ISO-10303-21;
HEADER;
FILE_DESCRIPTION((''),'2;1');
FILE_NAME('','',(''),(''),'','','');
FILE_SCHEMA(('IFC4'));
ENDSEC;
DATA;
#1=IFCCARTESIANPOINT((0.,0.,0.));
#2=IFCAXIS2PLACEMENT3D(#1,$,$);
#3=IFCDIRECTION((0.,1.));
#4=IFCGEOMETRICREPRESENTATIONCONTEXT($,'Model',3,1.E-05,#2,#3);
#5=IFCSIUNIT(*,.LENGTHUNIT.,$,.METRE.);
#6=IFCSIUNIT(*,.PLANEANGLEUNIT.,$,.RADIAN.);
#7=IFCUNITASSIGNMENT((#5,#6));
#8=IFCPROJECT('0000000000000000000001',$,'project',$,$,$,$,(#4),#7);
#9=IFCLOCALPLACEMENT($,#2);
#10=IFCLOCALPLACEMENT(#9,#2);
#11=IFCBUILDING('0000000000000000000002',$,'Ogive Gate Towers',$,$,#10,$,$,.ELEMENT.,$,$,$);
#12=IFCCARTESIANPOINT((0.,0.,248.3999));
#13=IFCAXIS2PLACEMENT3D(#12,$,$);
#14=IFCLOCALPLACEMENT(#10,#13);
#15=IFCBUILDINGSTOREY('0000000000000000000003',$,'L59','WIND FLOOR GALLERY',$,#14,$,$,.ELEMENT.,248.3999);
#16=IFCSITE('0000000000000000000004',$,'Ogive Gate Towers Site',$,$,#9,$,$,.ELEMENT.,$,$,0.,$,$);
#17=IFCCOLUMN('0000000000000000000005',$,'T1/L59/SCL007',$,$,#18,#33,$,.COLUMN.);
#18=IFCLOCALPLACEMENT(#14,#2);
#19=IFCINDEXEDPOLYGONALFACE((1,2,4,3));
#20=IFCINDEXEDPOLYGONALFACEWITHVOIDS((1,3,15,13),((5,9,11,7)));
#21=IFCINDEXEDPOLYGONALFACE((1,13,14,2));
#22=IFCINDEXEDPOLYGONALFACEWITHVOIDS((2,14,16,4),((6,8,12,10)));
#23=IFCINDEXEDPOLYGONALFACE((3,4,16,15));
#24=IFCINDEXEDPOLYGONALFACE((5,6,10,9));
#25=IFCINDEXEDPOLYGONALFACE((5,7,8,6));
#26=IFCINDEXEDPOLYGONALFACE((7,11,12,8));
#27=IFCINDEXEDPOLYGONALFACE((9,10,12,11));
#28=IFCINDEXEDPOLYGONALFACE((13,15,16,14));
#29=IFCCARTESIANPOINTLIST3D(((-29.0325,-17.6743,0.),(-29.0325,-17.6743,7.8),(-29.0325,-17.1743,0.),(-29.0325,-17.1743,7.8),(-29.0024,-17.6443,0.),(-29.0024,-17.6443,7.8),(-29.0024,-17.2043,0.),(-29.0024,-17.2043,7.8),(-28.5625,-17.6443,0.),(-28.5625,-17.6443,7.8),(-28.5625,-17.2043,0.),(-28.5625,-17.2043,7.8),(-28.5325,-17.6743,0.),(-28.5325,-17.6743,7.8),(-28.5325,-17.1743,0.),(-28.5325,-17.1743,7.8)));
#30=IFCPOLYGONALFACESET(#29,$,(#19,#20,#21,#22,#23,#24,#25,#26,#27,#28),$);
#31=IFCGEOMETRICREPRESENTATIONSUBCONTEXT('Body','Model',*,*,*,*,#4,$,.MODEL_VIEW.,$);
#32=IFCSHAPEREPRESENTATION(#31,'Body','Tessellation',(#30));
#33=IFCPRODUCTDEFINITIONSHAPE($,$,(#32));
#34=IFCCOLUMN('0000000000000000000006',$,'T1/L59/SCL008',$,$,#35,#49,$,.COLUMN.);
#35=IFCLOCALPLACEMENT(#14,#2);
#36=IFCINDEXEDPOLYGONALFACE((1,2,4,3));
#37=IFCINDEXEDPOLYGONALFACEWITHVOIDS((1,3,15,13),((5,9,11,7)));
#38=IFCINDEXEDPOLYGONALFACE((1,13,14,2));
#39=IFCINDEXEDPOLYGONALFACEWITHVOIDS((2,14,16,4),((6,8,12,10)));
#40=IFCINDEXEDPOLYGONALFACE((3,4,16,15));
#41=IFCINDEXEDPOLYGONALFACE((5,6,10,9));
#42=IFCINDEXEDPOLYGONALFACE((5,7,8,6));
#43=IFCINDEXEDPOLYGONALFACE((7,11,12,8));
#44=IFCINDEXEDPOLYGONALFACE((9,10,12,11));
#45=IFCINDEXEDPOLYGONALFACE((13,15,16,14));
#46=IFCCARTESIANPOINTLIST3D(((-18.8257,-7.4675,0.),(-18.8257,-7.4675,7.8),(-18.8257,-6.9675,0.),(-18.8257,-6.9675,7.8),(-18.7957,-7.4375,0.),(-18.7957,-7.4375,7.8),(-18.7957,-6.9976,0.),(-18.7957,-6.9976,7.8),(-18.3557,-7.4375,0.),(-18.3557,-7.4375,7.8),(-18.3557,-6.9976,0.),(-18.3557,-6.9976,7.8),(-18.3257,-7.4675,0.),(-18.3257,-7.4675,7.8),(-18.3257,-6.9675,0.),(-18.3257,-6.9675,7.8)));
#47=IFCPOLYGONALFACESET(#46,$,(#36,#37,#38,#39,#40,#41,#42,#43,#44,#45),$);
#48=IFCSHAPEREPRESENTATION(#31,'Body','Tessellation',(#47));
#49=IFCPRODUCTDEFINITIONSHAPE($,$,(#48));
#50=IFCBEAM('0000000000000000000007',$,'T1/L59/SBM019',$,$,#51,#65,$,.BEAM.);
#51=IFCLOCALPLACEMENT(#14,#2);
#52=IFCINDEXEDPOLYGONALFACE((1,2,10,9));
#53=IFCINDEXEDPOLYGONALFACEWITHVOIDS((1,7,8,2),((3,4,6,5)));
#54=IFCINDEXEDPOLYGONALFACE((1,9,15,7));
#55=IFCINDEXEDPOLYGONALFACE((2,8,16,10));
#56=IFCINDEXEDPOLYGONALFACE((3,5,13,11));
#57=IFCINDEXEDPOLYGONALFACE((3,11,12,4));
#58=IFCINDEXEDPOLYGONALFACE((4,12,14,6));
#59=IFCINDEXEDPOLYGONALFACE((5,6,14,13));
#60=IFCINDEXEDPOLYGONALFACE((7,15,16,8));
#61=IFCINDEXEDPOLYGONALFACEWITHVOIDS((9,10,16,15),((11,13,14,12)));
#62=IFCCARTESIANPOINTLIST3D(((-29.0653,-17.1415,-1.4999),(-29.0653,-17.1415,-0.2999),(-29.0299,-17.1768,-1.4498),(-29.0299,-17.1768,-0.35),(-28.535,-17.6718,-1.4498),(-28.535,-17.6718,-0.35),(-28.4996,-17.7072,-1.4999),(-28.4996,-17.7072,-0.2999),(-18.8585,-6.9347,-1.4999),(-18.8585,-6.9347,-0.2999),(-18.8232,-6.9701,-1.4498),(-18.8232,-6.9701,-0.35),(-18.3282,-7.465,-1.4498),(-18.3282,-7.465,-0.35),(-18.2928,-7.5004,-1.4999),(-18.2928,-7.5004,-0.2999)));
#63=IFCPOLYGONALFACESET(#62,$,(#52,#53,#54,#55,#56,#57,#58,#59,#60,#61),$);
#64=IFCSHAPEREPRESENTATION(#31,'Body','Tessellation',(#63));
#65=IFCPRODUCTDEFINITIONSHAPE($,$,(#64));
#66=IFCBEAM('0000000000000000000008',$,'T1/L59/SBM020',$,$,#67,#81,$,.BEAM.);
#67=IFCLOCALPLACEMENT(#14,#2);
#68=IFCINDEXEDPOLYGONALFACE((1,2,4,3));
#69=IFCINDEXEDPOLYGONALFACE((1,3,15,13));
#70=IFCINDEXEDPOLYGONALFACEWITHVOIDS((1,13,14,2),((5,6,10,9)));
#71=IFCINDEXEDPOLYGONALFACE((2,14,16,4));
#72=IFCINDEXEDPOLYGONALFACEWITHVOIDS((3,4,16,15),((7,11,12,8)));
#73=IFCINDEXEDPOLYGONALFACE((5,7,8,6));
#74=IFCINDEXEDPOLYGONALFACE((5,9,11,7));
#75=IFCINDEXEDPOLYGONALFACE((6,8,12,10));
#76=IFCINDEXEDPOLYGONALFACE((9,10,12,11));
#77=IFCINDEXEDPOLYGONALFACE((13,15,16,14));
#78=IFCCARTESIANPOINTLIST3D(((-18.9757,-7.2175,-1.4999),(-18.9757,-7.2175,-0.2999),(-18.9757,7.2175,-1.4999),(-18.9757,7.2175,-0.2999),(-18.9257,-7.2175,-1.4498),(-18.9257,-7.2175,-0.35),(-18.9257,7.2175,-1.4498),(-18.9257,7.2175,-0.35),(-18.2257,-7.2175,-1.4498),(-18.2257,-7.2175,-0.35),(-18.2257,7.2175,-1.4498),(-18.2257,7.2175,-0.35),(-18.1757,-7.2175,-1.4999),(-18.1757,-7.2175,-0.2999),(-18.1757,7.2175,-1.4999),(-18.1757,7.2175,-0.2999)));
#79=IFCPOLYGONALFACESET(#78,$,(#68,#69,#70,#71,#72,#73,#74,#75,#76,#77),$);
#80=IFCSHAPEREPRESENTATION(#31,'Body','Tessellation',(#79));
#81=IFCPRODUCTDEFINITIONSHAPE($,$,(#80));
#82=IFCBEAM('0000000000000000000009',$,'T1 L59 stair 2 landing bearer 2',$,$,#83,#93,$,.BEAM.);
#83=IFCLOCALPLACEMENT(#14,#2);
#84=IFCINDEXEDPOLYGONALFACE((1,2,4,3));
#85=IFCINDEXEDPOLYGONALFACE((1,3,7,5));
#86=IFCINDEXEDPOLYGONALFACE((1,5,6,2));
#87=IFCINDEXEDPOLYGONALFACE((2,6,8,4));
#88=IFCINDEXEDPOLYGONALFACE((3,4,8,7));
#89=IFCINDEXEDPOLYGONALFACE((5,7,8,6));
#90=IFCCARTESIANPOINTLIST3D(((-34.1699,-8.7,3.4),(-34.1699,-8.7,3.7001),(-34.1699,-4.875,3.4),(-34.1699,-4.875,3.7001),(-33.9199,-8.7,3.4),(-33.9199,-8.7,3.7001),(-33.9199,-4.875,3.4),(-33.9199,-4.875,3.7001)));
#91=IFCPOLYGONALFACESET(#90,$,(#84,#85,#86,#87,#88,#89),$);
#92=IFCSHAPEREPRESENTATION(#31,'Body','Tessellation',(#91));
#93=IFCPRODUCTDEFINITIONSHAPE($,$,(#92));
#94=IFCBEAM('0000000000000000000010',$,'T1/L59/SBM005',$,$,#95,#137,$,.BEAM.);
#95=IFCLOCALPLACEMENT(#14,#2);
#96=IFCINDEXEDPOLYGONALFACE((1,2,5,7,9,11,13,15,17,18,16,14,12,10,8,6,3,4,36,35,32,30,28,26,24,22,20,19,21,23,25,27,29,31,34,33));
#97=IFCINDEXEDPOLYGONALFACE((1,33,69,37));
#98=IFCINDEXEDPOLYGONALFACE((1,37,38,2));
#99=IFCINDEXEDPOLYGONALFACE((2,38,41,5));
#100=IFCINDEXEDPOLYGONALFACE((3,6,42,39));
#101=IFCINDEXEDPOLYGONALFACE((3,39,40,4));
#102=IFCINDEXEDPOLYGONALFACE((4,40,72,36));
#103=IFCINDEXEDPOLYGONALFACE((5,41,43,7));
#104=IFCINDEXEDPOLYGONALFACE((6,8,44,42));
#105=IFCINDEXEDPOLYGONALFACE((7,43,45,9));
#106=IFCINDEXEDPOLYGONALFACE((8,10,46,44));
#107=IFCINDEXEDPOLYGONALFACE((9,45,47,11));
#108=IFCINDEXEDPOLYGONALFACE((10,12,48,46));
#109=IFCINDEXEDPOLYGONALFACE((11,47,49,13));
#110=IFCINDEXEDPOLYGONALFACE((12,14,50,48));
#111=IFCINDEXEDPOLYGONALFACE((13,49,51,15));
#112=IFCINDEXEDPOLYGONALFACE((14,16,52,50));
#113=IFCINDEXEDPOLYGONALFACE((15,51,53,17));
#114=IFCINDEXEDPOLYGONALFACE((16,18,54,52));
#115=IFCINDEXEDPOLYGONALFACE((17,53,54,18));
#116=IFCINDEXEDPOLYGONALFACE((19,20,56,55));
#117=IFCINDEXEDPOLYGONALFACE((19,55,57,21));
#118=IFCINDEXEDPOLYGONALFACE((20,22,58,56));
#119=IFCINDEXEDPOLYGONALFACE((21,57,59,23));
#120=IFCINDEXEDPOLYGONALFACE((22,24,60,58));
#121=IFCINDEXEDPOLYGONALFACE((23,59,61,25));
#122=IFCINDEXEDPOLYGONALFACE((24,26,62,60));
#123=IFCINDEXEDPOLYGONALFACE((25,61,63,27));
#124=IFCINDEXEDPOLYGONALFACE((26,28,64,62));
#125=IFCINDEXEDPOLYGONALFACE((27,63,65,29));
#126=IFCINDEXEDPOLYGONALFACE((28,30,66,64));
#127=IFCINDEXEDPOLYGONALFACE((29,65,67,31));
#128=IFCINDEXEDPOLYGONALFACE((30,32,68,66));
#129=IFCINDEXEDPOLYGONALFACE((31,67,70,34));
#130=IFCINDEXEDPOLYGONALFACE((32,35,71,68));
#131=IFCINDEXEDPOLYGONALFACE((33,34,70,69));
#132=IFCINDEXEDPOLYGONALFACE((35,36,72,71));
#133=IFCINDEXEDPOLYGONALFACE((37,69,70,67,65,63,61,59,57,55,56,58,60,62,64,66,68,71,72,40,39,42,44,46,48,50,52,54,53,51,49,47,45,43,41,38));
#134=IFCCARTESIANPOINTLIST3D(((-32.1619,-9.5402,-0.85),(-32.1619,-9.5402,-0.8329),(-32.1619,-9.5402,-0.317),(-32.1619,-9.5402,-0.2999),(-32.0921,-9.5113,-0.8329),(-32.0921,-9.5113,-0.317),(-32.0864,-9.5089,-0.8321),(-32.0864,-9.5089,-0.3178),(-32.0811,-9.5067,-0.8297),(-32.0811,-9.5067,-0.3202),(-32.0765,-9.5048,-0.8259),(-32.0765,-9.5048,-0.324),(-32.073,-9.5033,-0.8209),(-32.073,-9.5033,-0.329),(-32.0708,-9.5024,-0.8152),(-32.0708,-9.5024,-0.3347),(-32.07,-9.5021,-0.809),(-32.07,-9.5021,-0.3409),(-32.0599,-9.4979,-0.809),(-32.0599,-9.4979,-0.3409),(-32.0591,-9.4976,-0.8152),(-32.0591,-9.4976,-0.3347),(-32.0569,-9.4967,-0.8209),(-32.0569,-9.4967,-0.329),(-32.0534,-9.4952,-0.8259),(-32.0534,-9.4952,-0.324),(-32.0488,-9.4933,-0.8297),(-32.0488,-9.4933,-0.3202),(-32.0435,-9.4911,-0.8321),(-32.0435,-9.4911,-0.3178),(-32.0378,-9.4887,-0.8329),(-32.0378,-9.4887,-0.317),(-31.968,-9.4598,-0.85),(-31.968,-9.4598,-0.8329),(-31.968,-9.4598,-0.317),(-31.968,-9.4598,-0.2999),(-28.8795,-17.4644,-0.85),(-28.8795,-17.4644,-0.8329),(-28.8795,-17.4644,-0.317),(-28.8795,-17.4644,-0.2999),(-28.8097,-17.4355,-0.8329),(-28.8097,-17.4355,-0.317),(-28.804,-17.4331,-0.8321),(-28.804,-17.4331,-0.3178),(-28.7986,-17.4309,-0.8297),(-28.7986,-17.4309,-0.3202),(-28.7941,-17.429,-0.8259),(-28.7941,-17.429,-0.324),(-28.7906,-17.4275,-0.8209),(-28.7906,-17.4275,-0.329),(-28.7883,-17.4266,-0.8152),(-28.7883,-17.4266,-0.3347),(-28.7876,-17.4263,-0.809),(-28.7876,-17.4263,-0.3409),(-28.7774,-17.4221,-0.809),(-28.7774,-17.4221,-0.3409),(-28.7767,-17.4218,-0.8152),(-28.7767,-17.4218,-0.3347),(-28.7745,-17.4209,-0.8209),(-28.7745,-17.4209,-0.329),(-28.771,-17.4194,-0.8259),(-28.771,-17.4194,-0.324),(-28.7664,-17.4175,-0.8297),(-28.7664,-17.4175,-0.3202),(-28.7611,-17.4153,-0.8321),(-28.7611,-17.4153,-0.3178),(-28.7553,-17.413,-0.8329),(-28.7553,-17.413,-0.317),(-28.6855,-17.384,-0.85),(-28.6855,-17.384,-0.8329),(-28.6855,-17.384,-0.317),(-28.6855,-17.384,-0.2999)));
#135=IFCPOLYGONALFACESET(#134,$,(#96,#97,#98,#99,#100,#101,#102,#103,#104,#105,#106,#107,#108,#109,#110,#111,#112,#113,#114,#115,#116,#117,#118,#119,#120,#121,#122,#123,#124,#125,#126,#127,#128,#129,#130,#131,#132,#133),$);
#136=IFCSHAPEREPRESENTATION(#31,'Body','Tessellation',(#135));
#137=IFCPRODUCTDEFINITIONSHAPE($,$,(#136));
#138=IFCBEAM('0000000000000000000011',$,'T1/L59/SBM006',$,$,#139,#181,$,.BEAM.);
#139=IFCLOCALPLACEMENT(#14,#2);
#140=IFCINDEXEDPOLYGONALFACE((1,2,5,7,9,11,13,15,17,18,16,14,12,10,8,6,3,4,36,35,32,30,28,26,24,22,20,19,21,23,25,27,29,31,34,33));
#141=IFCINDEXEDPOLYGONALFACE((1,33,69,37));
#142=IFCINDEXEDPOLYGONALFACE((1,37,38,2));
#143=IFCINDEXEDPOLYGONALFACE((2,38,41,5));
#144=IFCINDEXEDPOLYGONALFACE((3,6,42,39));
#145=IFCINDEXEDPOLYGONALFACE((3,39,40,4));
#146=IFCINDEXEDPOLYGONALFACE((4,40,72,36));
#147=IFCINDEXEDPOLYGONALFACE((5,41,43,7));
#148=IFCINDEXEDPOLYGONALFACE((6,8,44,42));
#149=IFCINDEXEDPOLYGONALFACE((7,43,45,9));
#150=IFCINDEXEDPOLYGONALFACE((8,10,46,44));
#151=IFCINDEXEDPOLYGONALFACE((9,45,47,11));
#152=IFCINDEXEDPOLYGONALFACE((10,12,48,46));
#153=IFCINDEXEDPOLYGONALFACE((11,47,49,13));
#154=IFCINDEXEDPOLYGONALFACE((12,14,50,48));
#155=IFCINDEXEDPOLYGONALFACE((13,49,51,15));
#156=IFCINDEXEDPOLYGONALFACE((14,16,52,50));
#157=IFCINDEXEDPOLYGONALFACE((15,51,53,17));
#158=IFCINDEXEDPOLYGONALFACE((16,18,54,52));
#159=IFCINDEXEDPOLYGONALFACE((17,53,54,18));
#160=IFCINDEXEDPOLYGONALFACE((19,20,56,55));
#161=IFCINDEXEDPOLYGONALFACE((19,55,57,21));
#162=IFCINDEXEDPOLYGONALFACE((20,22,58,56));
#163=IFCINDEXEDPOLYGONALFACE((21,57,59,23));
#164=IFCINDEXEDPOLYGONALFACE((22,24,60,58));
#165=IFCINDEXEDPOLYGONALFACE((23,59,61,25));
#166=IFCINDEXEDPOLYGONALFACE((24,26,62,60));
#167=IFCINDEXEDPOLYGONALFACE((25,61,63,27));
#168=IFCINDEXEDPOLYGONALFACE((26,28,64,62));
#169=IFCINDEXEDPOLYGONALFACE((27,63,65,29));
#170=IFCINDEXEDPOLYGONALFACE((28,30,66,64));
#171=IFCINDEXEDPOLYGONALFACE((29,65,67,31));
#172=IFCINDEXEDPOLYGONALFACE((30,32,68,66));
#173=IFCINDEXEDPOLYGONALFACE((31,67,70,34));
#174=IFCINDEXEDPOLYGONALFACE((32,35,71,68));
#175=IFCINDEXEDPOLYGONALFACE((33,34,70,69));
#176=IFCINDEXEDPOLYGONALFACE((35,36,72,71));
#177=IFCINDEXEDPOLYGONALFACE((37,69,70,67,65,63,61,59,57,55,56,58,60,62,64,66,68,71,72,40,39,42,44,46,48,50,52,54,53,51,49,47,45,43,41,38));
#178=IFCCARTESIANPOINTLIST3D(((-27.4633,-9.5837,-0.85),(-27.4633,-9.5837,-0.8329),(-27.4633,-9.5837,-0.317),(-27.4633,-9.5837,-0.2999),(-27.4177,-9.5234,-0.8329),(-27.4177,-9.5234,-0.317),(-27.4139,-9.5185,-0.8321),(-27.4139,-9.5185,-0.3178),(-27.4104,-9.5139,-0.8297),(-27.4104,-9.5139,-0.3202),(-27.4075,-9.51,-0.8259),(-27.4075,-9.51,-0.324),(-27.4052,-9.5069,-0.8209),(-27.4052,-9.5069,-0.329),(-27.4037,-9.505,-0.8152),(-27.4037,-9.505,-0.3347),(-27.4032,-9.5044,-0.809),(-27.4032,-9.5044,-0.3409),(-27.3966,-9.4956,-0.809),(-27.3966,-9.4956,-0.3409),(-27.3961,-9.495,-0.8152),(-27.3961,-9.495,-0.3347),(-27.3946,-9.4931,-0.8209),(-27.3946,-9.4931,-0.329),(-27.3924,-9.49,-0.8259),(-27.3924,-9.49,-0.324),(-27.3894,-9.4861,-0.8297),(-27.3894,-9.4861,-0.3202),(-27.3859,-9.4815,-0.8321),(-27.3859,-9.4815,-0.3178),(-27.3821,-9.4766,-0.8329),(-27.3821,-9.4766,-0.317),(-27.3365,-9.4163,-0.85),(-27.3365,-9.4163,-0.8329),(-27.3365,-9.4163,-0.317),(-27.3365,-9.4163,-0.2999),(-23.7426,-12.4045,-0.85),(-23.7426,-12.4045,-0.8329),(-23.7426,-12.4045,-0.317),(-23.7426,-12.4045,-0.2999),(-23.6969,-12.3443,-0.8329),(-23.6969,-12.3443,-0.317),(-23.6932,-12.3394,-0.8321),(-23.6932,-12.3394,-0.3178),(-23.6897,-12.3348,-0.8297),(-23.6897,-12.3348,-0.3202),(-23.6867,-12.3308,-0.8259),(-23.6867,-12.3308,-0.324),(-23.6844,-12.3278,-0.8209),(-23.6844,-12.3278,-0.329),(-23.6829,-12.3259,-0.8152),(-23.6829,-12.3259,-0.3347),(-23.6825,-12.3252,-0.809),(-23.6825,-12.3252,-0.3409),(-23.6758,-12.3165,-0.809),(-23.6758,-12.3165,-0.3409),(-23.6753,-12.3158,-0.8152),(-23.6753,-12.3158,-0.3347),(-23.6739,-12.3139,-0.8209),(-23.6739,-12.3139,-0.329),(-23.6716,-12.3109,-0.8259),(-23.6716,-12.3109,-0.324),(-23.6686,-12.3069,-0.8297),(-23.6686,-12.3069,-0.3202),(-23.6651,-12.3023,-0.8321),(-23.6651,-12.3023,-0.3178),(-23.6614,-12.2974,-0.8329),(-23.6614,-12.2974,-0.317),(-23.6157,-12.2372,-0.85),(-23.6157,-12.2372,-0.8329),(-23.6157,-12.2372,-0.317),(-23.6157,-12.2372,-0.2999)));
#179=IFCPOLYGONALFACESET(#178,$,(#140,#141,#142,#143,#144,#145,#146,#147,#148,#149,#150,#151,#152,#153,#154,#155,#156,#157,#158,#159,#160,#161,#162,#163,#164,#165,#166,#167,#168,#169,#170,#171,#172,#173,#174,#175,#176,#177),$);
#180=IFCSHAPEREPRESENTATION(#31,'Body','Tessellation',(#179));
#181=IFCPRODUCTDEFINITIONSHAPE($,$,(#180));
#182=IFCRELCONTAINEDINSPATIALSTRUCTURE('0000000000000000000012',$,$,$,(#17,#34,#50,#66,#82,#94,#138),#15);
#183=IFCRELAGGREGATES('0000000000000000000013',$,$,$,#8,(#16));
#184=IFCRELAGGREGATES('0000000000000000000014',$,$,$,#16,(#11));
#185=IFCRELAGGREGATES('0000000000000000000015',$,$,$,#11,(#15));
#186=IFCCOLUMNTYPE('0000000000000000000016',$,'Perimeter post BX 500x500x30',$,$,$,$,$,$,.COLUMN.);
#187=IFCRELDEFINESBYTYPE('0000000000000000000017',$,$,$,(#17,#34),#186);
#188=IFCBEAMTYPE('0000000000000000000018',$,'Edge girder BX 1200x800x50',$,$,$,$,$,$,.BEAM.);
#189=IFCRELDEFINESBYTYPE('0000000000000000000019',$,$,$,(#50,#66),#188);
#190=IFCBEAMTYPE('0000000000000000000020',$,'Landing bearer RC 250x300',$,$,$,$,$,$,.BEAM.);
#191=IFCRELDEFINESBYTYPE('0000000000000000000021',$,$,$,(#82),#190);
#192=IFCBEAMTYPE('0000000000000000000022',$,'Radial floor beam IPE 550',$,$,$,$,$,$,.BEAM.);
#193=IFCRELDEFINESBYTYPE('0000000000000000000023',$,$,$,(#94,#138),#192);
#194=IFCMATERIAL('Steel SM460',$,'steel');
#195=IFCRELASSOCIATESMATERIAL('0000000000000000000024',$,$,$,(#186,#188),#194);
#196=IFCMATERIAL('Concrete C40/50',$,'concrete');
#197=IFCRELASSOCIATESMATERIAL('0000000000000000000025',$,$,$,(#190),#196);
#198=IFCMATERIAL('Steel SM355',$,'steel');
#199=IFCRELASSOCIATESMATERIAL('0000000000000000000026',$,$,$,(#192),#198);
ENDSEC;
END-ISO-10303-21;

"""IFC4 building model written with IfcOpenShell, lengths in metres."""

from ifc_helpers import new_model, si_unit, direction, frame, origin, origin_2d, place, context, subcontext, project, spatial, rectangle, hollow_rectangle, i_section, extrude, material, material_profile, profile_set, type_object, element, save


model = new_model("IFC4")

# Units and contexts
model_context = context("Model", 3, precision=1e-05, world=origin(), true_north=direction((0.0, 1.0)))
body_context = subcontext(model_context, "Body", "Model", "MODEL_VIEW")
ifc_project = project(units=[si_unit("LENGTHUNIT", "METRE"), si_unit("PLANEANGLEUNIT", "RADIAN")], contexts=[model_context])

# Site, building, storey
site_placement = place(None, origin())
site = spatial("IfcSite", under=ifc_project, at=site_placement, Name="Ogive Gate Towers Site", CompositionType="ELEMENT", RefElevation=0.0)
building_placement = place(site_placement, origin())
building = spatial("IfcBuilding", under=site, at=building_placement, Name="Ogive Gate Towers", CompositionType="ELEMENT")
storey_placement = place(building_placement, frame((0.0, 0.0, 248.3999)))
storey = spatial("IfcBuildingStorey", under=building, at=storey_placement, Name="L59", Description="WIND FLOOR GALLERY", CompositionType="ELEMENT", Elevation=248.3999)

# Columns
ifc_material_1 = material(Name="Steel SM460", Category="steel")
ifc_material_profile_1 = material_profile(ifc_material_1, hollow_rectangle(XDim=0.5, YDim=0.5, WallThickness=0.03, at=origin_2d()), Name="BX 500x500x30")
ifc_profile_set_1 = profile_set([ifc_material_profile_1], Name="Steel SM460")
column_type = type_object("IfcColumnType", Name="Perimeter post BX 500x500x30", PredefinedType="COLUMN", material=ifc_profile_set_1)
for number, where, z_axis, x_axis, name in (
    (1, (-28.7825, -17.4243, 0.0), (0.0, 0.0, 1.0), (1.0, 0.0, 0.0), "T1/L59/SCL007"),
    (2, (-18.5757, -7.2175, 0.0), (0.0, 0.0, 1.0), (1.0, 0.0, 0.0), "T1/L59/SCL008"),
):
    element("IfcColumn", number, at=place(storey_placement, frame(where, z_axis=z_axis, x_axis=x_axis)), inside=storey, type_object=column_type, Name=name, PredefinedType="COLUMN", context=body_context, shape_type="SweptSolid", body=[
        extrude(hollow_rectangle(XDim=0.5, YDim=0.5, WallThickness=0.03, at=origin_2d()), origin(), (0.0, 0.0, 1.0), 7.8),
    ])

# Beams
ifc_material_profile_2 = material_profile(ifc_material_1, hollow_rectangle(XDim=0.8, YDim=1.2, WallThickness=0.05, at=origin_2d()), Name="BX 1200x800x50")
ifc_profile_set_2 = profile_set([ifc_material_profile_2], Name="Steel SM460")
beam_type_1 = type_object("IfcBeamType", Name="Edge girder BX 1200x800x50", PredefinedType="BEAM", material=ifc_profile_set_2)
beam_1_placement = place(storey_placement, frame((-28.7825, -17.4243, -0.8999), z_axis=(0.707107, 0.707107, 0.0), x_axis=(-0.707107, 0.707107, 0.0)))
element("IfcBeam", 3, at=beam_1_placement, inside=storey, type_object=beam_type_1, Name="T1/L59/SBM019", PredefinedType="BEAM", context=body_context, shape_type="SweptSolid", body=[
    extrude(hollow_rectangle(XDim=0.8, YDim=1.2, WallThickness=0.05, at=origin_2d()), origin(), (0.0, 0.0, 1.0), 14.4346),
])
beam_2_placement = place(storey_placement, frame((-18.5757, -7.2175, -0.8999), z_axis=(0.0, 1.0, 0.0), x_axis=(-1.0, 0.0, 0.0)))
element("IfcBeam", 4, at=beam_2_placement, inside=storey, type_object=beam_type_1, Name="T1/L59/SBM020", PredefinedType="BEAM", context=body_context, shape_type="SweptSolid", body=[
    extrude(hollow_rectangle(XDim=0.8, YDim=1.2, WallThickness=0.05, at=origin_2d()), origin(), (0.0, 0.0, 1.0), 14.4351),
])
ifc_material_2 = material(Name="Concrete C40/50", Category="concrete")
ifc_material_profile_3 = material_profile(ifc_material_2, rectangle(XDim=0.25, YDim=0.3, at=origin_2d()), Name="RC 250x300")
ifc_profile_set_3 = profile_set([ifc_material_profile_3], Name="Concrete C40/50")
beam_type_2 = type_object("IfcBeamType", Name="Landing bearer RC 250x300", PredefinedType="BEAM", material=ifc_profile_set_3)
beam_3_placement = place(storey_placement, frame((-34.0449, -8.7, 3.55), z_axis=(0.0, 1.0, 0.0), x_axis=(-1.0, 0.0, 0.0)))
element("IfcBeam", 5, at=beam_3_placement, inside=storey, type_object=beam_type_2, Name="T1 L59 stair 2 landing bearer 2", PredefinedType="BEAM", context=body_context, shape_type="SweptSolid", body=[
    extrude(rectangle(XDim=0.25, YDim=0.3, at=origin_2d()), origin(), (0.0, 0.0, 1.0), 3.825),
])
ifc_material_3 = material(Name="Steel SM355", Category="steel")
ifc_material_profile_4 = material_profile(ifc_material_3, i_section(OverallWidth=0.21, OverallDepth=0.55, WebThickness=0.011, FlangeThickness=0.0171, FilletRadius=0.0239, at=origin_2d()), Name="IPE 550")
ifc_profile_set_4 = profile_set([ifc_material_profile_4], Name="Steel SM355")
beam_type_3 = type_object("IfcBeamType", Name="Radial floor beam IPE 550", PredefinedType="BEAM", material=ifc_profile_set_4)
beam_4_placement = place(storey_placement, frame((-32.0649, -9.5, -0.575), z_axis=(0.382695, -0.923875, 0.0), x_axis=(0.923875, 0.382695, 0.0)))
element("IfcBeam", 6, at=beam_4_placement, inside=storey, type_object=beam_type_3, Name="T1/L59/SBM005", PredefinedType="BEAM", context=body_context, shape_type="SweptSolid", body=[
    extrude(i_section(OverallWidth=0.21, OverallDepth=0.55, WebThickness=0.011, FlangeThickness=0.0171, FilletRadius=0.0239, at=origin_2d()), origin(), (0.0, 0.0, 1.0), 8.5771),
])
beam_5_placement = place(storey_placement, frame((-27.3999, -9.5, -0.575), z_axis=(0.796877, -0.604142, 0.0), x_axis=(0.604142, 0.796877, 0.0)))
element("IfcBeam", 7, at=beam_5_placement, inside=storey, type_object=beam_type_3, Name="T1/L59/SBM006", PredefinedType="BEAM", context=body_context, shape_type="SweptSolid", body=[
    extrude(i_section(OverallWidth=0.21, OverallDepth=0.55, WebThickness=0.011, FlangeThickness=0.0171, FilletRadius=0.0239, at=origin_2d()), origin(), (0.0, 0.0, 1.0), 4.6692),
])

save(model, "model.ifc")
